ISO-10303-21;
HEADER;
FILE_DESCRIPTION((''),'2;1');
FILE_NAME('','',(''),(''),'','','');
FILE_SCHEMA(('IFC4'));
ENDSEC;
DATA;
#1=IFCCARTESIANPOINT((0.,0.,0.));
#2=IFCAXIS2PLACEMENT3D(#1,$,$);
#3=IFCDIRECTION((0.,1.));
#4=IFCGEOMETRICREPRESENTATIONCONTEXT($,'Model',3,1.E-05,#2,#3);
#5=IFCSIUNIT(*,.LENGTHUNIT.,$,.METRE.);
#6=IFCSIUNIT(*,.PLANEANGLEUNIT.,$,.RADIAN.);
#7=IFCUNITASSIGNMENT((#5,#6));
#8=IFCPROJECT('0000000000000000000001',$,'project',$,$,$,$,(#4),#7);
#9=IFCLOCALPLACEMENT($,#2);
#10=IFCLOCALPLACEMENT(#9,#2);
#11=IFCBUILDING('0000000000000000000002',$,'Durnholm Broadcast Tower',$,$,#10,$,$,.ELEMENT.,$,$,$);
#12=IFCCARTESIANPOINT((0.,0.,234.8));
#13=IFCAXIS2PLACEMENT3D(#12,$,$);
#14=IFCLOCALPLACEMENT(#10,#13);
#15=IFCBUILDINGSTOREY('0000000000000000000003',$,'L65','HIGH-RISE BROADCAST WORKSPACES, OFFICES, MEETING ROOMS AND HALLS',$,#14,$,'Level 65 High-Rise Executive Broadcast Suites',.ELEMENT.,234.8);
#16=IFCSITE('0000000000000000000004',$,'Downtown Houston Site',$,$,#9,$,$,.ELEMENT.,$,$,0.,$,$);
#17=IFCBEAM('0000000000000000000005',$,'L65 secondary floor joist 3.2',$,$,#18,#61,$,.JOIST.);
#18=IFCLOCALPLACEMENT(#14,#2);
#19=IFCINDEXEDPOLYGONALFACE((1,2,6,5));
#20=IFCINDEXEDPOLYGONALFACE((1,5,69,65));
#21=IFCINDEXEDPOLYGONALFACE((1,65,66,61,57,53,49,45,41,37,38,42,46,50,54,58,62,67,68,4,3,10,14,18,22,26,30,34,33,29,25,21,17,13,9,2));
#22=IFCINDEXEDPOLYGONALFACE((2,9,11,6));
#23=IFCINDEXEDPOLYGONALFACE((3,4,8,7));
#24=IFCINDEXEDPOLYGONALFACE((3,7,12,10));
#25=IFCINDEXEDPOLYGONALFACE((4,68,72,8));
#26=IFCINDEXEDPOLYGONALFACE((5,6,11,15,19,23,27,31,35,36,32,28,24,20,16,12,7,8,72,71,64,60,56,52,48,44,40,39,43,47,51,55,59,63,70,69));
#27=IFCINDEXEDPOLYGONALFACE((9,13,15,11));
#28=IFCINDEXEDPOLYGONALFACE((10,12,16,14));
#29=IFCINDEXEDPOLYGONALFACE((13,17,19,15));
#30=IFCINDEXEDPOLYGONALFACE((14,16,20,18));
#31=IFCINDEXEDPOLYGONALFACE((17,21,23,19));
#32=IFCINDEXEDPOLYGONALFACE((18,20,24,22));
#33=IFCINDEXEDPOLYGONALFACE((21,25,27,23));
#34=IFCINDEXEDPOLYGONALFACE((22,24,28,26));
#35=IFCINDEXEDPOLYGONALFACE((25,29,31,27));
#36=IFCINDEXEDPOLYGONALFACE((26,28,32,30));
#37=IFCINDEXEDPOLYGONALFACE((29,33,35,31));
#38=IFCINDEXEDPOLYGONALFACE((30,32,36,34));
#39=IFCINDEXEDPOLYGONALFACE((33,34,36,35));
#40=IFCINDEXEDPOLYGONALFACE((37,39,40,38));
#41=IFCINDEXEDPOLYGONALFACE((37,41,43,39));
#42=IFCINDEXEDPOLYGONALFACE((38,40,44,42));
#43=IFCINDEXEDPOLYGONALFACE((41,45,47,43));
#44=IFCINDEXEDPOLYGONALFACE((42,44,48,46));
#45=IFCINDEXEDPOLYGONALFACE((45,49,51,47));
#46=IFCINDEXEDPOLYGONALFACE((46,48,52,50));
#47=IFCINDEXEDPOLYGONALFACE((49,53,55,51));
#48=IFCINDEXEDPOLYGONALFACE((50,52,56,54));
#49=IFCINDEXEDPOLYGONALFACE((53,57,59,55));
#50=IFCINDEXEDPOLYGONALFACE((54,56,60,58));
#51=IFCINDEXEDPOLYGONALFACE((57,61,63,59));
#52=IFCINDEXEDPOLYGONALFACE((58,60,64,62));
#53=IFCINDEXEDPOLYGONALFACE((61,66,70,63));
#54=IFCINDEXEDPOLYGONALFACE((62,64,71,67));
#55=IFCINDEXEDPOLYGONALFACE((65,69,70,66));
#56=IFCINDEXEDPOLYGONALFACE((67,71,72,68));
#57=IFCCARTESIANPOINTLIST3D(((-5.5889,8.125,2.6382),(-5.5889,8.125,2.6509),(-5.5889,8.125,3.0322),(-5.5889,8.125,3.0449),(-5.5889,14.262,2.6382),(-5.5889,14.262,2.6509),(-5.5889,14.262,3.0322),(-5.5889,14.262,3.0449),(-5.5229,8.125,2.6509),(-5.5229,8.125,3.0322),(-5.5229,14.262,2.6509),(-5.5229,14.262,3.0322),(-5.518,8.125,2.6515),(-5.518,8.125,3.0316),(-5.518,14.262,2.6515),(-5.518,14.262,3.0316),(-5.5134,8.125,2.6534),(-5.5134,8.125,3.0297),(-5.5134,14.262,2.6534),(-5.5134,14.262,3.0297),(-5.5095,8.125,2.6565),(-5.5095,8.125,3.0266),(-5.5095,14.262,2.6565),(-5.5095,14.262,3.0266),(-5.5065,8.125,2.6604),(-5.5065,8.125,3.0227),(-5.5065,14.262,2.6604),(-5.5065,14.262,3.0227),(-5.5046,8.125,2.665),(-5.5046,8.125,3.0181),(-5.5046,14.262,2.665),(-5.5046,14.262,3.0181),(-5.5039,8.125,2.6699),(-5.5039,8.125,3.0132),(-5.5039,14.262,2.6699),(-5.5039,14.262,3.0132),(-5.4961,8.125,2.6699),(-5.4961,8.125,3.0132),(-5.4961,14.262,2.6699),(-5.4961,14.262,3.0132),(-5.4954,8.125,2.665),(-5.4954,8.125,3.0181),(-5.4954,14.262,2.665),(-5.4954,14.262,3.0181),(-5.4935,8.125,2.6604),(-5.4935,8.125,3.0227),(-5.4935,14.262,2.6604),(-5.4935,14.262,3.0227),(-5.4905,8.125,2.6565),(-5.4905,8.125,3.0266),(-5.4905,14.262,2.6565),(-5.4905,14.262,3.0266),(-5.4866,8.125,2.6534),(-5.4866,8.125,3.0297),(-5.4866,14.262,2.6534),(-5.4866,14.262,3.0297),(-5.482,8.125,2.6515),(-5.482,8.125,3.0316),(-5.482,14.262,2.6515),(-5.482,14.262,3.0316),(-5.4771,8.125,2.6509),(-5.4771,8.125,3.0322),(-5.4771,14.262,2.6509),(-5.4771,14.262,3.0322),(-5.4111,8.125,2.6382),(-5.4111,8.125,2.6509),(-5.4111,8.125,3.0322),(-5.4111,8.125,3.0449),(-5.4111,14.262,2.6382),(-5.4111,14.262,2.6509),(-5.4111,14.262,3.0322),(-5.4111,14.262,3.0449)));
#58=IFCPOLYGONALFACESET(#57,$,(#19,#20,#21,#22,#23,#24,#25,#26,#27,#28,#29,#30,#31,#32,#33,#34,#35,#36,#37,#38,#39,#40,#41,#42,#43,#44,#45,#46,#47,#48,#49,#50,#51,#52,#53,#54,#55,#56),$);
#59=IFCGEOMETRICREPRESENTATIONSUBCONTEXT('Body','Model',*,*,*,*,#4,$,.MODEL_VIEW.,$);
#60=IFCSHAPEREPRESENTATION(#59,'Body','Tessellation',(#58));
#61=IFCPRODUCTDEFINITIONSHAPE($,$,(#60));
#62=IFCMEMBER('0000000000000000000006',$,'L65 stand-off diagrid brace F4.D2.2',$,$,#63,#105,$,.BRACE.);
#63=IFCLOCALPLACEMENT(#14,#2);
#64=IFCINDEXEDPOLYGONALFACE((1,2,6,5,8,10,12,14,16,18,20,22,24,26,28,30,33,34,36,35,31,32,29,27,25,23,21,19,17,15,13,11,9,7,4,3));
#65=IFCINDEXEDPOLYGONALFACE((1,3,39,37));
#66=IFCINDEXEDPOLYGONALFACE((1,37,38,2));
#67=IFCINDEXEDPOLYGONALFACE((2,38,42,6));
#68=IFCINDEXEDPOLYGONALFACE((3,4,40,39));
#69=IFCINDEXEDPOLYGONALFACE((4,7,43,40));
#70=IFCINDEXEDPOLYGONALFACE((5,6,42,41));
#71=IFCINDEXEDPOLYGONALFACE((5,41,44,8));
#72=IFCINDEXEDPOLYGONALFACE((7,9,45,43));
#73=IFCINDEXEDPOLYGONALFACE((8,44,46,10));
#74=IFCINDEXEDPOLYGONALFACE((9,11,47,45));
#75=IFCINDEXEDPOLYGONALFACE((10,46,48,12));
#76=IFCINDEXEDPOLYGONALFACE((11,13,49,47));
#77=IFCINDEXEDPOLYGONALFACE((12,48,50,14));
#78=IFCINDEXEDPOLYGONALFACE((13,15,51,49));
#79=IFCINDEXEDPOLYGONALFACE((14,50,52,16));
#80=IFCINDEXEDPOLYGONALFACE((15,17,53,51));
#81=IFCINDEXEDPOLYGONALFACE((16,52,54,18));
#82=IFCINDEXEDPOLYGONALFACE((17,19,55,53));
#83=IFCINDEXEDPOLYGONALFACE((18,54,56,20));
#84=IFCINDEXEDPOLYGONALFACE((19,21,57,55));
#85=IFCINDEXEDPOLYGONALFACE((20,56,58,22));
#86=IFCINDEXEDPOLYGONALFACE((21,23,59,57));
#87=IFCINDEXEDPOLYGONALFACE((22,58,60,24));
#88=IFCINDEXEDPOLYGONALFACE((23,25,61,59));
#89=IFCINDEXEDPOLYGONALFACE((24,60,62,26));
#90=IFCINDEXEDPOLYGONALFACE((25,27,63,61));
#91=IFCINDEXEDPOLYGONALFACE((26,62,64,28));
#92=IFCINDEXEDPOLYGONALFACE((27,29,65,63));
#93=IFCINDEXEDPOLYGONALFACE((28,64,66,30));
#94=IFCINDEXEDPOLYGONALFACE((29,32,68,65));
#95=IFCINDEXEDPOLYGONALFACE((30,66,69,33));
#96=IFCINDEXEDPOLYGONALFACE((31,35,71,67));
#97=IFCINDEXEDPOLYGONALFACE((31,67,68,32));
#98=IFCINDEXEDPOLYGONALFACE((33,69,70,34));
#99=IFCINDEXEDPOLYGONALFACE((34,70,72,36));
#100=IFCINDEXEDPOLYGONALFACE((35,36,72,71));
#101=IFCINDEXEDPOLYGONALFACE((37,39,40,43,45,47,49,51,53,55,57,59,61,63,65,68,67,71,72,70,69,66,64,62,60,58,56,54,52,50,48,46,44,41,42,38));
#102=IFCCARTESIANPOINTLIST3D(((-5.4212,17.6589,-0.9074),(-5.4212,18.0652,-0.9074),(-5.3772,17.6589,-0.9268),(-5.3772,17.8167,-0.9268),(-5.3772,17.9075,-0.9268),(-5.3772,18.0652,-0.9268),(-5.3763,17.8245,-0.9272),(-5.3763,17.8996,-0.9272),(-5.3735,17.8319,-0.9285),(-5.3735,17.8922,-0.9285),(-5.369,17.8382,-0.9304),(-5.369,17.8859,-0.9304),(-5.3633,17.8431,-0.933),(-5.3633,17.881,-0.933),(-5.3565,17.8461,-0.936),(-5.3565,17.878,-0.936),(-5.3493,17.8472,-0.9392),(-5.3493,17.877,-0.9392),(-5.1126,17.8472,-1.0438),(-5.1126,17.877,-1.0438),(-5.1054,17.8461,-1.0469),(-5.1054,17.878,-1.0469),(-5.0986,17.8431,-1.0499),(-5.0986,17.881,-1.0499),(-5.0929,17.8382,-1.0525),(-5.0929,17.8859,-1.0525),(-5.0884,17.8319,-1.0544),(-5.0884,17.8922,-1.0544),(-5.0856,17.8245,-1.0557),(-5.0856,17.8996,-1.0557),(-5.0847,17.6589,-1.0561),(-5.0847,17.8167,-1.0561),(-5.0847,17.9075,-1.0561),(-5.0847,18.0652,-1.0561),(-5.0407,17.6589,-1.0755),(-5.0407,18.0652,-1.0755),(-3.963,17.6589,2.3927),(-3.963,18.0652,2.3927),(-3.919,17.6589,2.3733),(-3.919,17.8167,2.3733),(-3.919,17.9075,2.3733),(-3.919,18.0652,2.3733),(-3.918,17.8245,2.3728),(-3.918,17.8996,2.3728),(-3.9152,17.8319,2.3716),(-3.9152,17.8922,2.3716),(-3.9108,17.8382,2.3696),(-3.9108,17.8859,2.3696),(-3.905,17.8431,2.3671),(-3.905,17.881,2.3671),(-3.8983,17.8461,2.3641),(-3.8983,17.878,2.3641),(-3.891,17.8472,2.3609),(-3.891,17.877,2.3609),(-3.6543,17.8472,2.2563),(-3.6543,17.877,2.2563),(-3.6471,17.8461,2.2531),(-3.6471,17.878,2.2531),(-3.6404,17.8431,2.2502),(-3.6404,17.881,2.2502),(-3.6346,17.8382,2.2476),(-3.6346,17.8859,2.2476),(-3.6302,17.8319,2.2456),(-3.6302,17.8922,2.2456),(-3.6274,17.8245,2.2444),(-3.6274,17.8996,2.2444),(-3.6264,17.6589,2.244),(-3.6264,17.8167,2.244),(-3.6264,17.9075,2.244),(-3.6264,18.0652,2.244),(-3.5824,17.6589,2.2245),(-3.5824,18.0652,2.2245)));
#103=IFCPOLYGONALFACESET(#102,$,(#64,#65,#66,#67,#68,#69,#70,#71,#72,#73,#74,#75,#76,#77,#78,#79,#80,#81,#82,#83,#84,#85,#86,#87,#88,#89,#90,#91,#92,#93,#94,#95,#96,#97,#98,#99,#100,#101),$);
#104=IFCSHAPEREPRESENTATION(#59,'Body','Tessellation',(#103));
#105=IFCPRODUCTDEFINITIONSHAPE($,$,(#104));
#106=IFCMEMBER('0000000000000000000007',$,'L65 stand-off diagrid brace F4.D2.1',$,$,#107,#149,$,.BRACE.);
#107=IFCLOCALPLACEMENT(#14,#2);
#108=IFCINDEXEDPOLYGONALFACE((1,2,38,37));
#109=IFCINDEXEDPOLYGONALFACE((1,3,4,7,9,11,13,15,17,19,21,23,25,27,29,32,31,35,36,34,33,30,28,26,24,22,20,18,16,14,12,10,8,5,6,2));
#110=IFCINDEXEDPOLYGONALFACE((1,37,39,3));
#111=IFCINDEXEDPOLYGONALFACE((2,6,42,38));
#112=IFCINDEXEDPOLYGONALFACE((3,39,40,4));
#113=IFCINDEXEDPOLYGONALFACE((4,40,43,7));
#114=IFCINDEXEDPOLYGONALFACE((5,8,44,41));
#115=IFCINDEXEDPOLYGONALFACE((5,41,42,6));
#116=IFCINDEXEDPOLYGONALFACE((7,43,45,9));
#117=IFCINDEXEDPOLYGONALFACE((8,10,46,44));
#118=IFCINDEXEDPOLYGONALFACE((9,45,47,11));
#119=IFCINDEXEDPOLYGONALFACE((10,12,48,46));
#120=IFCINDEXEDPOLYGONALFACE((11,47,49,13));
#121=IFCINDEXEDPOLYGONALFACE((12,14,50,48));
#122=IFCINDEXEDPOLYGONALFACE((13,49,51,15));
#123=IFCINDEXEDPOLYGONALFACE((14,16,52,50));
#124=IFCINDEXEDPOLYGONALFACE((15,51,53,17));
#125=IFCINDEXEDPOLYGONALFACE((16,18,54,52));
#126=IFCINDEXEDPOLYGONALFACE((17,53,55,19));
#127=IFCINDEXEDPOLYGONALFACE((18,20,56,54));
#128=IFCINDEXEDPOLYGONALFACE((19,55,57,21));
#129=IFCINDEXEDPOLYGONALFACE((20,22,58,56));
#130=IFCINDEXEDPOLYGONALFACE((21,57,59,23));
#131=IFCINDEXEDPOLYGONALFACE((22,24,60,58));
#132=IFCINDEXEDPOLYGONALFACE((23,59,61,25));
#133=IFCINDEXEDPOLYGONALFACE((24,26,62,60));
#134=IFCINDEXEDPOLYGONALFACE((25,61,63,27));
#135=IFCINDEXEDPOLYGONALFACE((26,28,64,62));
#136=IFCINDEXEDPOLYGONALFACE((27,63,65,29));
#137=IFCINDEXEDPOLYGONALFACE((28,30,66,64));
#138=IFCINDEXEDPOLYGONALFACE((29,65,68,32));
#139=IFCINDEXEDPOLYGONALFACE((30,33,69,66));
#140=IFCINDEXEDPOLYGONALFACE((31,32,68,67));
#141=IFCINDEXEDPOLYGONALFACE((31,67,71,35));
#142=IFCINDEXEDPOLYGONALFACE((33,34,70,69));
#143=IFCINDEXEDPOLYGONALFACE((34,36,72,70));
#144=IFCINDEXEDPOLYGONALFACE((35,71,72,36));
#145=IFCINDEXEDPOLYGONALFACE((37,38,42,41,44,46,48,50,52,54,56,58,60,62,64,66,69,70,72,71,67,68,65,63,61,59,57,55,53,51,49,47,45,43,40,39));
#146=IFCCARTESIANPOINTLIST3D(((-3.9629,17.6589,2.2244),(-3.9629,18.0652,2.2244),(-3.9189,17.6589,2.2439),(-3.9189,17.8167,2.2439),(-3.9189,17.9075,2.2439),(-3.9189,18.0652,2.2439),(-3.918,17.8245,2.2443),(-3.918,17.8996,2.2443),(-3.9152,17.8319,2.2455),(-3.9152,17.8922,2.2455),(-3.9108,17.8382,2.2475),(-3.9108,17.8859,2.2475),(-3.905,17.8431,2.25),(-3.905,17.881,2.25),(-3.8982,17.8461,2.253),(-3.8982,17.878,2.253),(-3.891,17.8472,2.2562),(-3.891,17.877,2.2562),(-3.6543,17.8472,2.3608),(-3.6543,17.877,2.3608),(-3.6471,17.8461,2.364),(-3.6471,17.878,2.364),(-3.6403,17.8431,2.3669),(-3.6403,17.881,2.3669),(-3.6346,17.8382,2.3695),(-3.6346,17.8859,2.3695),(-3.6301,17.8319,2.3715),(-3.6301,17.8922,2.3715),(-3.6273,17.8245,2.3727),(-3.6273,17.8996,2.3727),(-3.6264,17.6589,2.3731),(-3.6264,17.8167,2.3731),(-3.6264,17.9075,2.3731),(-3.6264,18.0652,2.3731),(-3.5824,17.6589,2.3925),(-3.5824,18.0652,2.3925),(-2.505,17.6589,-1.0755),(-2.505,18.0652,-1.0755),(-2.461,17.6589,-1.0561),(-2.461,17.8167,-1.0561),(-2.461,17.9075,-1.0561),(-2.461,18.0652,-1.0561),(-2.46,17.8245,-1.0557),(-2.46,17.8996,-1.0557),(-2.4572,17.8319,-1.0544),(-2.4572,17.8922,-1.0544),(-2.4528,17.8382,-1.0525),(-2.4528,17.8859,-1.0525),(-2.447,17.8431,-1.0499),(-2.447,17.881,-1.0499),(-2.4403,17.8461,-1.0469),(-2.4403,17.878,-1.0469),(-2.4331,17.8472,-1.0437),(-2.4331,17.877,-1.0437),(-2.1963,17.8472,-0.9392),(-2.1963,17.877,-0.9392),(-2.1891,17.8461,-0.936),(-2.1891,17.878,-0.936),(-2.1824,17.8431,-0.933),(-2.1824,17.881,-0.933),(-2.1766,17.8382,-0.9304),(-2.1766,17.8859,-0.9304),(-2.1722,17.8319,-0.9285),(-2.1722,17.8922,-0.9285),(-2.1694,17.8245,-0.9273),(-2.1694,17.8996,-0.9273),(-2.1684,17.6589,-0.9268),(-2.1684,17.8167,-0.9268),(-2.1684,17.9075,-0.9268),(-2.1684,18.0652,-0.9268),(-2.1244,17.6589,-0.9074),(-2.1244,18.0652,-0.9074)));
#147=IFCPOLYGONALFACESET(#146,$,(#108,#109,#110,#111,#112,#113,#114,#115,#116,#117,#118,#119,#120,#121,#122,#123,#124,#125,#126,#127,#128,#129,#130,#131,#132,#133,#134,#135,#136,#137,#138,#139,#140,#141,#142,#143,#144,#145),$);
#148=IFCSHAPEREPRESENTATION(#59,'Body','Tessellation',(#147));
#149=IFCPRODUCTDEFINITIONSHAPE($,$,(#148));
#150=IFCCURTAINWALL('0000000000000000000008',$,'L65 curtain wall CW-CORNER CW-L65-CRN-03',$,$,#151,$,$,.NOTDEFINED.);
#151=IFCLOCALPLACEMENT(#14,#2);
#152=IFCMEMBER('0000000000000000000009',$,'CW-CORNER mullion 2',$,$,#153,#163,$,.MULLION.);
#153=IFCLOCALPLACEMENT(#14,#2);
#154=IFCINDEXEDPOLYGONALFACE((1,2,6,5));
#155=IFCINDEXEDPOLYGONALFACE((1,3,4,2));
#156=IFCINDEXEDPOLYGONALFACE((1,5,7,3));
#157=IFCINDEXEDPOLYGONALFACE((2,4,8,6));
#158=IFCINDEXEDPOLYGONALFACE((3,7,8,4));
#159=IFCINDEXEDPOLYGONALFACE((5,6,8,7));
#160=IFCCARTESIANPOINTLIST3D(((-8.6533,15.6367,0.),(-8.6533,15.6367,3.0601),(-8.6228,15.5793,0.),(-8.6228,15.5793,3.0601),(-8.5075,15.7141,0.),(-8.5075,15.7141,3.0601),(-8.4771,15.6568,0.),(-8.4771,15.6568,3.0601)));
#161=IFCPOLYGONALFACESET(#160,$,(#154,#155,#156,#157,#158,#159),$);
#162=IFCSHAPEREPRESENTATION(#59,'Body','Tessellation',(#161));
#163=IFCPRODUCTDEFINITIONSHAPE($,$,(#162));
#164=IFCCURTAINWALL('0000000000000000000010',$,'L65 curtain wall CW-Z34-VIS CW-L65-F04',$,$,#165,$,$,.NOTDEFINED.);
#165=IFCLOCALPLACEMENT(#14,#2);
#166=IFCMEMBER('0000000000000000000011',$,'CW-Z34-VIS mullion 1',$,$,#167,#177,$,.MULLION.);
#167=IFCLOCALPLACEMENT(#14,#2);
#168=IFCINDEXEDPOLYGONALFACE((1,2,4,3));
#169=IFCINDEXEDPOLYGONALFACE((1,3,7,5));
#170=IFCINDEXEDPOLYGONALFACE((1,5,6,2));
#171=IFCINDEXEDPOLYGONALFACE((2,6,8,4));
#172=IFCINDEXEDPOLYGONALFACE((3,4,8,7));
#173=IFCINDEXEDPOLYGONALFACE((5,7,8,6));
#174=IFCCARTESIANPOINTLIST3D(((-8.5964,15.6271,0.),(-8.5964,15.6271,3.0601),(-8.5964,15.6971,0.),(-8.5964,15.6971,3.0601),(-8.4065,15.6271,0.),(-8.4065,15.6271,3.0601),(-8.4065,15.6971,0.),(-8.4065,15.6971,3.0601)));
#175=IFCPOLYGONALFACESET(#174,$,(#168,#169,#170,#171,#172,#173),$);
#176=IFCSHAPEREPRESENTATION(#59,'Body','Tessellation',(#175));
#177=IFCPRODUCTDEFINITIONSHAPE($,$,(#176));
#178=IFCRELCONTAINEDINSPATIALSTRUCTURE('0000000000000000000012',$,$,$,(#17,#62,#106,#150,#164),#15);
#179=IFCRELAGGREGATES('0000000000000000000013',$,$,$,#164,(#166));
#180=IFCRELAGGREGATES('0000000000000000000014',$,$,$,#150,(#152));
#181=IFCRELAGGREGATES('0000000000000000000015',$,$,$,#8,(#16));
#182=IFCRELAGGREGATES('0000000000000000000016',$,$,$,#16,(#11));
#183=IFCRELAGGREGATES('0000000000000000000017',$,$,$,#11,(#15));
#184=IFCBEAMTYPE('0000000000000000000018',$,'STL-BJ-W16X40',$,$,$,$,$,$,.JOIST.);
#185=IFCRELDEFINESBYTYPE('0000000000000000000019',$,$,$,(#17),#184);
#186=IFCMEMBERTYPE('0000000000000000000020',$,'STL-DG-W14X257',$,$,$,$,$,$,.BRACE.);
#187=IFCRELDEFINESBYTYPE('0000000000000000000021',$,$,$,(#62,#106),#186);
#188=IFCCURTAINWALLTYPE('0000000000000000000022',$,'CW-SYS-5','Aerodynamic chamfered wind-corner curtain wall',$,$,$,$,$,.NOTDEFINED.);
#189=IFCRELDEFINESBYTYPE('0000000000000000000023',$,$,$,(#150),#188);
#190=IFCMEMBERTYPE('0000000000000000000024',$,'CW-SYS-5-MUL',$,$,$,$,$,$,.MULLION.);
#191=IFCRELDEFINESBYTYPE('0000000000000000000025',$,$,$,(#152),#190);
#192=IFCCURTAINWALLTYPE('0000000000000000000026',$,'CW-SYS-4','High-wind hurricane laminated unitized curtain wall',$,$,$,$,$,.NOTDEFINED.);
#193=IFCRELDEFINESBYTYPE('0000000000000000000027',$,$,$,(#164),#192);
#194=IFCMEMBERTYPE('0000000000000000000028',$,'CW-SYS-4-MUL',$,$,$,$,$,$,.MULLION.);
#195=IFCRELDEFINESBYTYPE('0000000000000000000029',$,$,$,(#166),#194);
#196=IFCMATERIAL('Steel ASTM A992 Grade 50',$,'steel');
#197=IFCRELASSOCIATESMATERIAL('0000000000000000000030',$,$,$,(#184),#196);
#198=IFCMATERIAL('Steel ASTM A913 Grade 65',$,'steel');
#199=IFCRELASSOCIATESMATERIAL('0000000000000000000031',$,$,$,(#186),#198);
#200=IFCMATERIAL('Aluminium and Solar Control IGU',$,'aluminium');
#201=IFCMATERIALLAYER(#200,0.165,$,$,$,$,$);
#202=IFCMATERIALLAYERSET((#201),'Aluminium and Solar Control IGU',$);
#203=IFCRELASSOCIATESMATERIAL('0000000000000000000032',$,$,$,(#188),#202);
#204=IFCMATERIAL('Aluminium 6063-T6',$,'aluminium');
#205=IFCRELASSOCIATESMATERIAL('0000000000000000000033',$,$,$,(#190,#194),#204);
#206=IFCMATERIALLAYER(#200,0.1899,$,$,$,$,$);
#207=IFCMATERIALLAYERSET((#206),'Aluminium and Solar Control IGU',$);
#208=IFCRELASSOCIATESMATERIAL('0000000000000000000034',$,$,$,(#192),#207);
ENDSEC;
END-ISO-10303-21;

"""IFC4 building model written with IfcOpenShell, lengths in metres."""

from ifc_helpers import new_model, si_unit, direction, frame, origin, origin_2d, place, context, subcontext, project, spatial, rectangle, i_section, extrude, source, transform, mapped, material, layer, layer_set, material_profile, profile_set, type_object, type_shapes, element, aggregate, save


model = new_model("IFC4")

# Units and contexts
model_context = context("Model", 3, precision=1e-05, world=origin(), true_north=direction((0.0, 1.0)))
body_context = subcontext(model_context, "Body", "Model", "MODEL_VIEW")
ifc_project = project(units=[si_unit("LENGTHUNIT", "METRE"), si_unit("PLANEANGLEUNIT", "RADIAN")], contexts=[model_context])

# Site, building, storey
site_placement = place(None, origin())
site = spatial("IfcSite", under=ifc_project, at=site_placement, Name="Downtown Houston Site", CompositionType="ELEMENT", RefElevation=0.0)
building_placement = place(site_placement, origin())
building = spatial("IfcBuilding", under=site, at=building_placement, Name="Durnholm Broadcast Tower", CompositionType="ELEMENT")
storey_placement = place(building_placement, frame((0.0, 0.0, 234.8)))
storey = spatial("IfcBuildingStorey", under=building, at=storey_placement, Name="L65", Description="HIGH-RISE BROADCAST WORKSPACES, OFFICES, MEETING ROOMS AND HALLS", LongName="Level 65 High-Rise Executive Broadcast Suites", CompositionType="ELEMENT", Elevation=234.8)

# Beam
ifc_material_1 = material(Name="Steel ASTM A992 Grade 50", Category="steel")
ifc_material_profile_1 = material_profile(ifc_material_1, i_section(OverallWidth=0.1777, OverallDepth=0.4067, WebThickness=0.0078, FlangeThickness=0.0127, FilletRadius=0.019, at=origin_2d()), Name="W16X40")
ifc_profile_set_1 = profile_set([ifc_material_profile_1], Name="Steel ASTM A992 Grade 50")
beam_type_1 = type_object("IfcBeamType", Name="STL-BJ-W16X40", PredefinedType="JOIST", material=ifc_profile_set_1)
shared_shape_1 = source(origin(), body_context, "Body", "SweptSolid", [
    extrude(i_section(OverallWidth=0.1777, OverallDepth=0.4067, WebThickness=0.0078, FlangeThickness=0.0127, FilletRadius=0.019, at=origin_2d()), origin(), (0.0, 0.0, 1.0), 6.137),
])
type_shapes(beam_type_1, [shared_shape_1])
beam_1_placement = place(storey_placement, frame((-5.5, 8.125, 2.8416), z_axis=(0.0, 1.0, 0.0), x_axis=(-1.0, 0.0, 0.0)))
element("IfcBeam", 1, at=beam_1_placement, inside=storey, type_object=beam_type_1, Name="L65 secondary floor joist 3.2", PredefinedType="JOIST", context=body_context, shape_type="MappedRepresentation", body=[
    mapped(shared_shape_1, transform((0.0, 0.0, 0.0), x_axis=(1.0, 0.0, 0.0), y_axis=(0.0, 1.0, 0.0), z_axis=(0.0, 0.0, 1.0), scale=1.0)),
])

# Members
ifc_material_2 = material(Name="Steel ASTM A913 Grade 65", Category="steel")
ifc_material_profile_2 = material_profile(ifc_material_2, i_section(OverallWidth=0.4062, OverallDepth=0.416, WebThickness=0.0298, FlangeThickness=0.0481, FilletRadius=0.0305, at=origin_2d()), Name="W14X257")
ifc_profile_set_2 = profile_set([ifc_material_profile_2], Name="Steel ASTM A913 Grade 65")
member_type_1 = type_object("IfcMemberType", Name="STL-DG-W14X257", PredefinedType="BRACE", material=ifc_profile_set_2)
shared_shape_2 = source(origin(), body_context, "Body", "SweptSolid", [
    extrude(i_section(OverallWidth=0.4062, OverallDepth=0.416, WebThickness=0.0298, FlangeThickness=0.0481, FilletRadius=0.0305, at=origin_2d()), origin(), (0.0, 0.0, 1.0), 3.6079),
])
member_1_placement = place(storey_placement, frame((-5.231, 17.8621, -0.9915), z_axis=(0.404185, 0.0, 0.914677), x_axis=(0.0, 1.0, 0.0)))
element("IfcMember", 2, at=member_1_placement, inside=storey, type_object=member_type_1, Name="L65 stand-off diagrid brace F4.D2.2", PredefinedType="BRACE", context=body_context, shape_type="MappedRepresentation", body=[
    mapped(shared_shape_2, transform((0.0, 0.0, 0.0), x_axis=(1.0, 0.0, 0.0), y_axis=(0.0, 1.0, 0.0), z_axis=(0.0, 0.0, 1.0), scale=1.0)),
])
shared_shape_3 = source(origin(), body_context, "Body", "SweptSolid", [
    extrude(i_section(OverallWidth=0.4062, OverallDepth=0.416, WebThickness=0.0298, FlangeThickness=0.0481, FilletRadius=0.0305, at=origin_2d()), origin(), (0.0, 0.0, 1.0), 3.6077),
])
type_shapes(member_type_1, [shared_shape_2, shared_shape_3])
member_2_placement = place(storey_placement, frame((-2.3147, 17.8621, -0.9915), z_axis=(-0.404128, 0.0, 0.914702), x_axis=(0.0, -1.0, 0.0)))
element("IfcMember", 3, at=member_2_placement, inside=storey, type_object=member_type_1, Name="L65 stand-off diagrid brace F4.D2.1", PredefinedType="BRACE", context=body_context, shape_type="MappedRepresentation", body=[
    mapped(shared_shape_3, transform((0.0, 0.0, 0.0), x_axis=(1.0, 0.0, 0.0), y_axis=(0.0, 1.0, 0.0), z_axis=(0.0, 0.0, 1.0), scale=1.0)),
])

# Curtain wall, member
ifc_material_3 = material(Name="Aluminium and Solar Control IGU", Category="aluminium")
ifc_layer_1 = layer(ifc_material_3, 0.165)
ifc_layer_set_1 = layer_set([ifc_layer_1], Name="Aluminium and Solar Control IGU")
curtain_wall_type_1 = type_object("IfcCurtainWallType", Name="CW-SYS-5", Description="Aerodynamic chamfered wind-corner curtain wall", PredefinedType="NOTDEFINED", material=ifc_layer_set_1)
curtain_wall_1_placement = place(storey_placement, origin())
curtain_wall_1 = element("IfcCurtainWall", 4, at=curtain_wall_1_placement, inside=storey, type_object=curtain_wall_type_1, Name="L65 curtain wall CW-CORNER CW-L65-CRN-03", PredefinedType="NOTDEFINED")
ifc_material_4 = material(Name="Aluminium 6063-T6", Category="aluminium")
ifc_material_profile_3 = material_profile(ifc_material_4, rectangle(XDim=0.0649, YDim=0.165, at=origin_2d()), Name="CWM65X165")
ifc_profile_set_3 = profile_set([ifc_material_profile_3], Name="Aluminium 6063-T6")
member_type_2 = type_object("IfcMemberType", Name="CW-SYS-5-MUL", PredefinedType="MULLION", material=ifc_profile_set_3)
shared_shape_4 = source(origin(), body_context, "Body", "SweptSolid", [
    extrude(rectangle(XDim=0.0649, YDim=0.165, at=origin_2d()), origin(), (0.0, 0.0, 1.0), 3.0601),
])
type_shapes(member_type_2, [shared_shape_4])
member_3_placement = place(storey_placement, frame((-8.5652, 15.6467, 0.0), z_axis=(0.0, 0.0, 1.0), x_axis=(-0.469007, 0.883195, 0.0)))
member_3 = element("IfcMember", 5, at=member_3_placement, type_object=member_type_2, Name="CW-CORNER mullion 2", PredefinedType="MULLION", context=body_context, shape_type="MappedRepresentation", body=[
    mapped(shared_shape_4, transform((0.0, 0.0, 0.0), x_axis=(1.0, 0.0, 0.0), y_axis=(0.0, 1.0, 0.0), z_axis=(0.0, 0.0, 1.0), scale=1.0)),
])

# Curtain wall, member
ifc_layer_2 = layer(ifc_material_3, 0.1899)
ifc_layer_set_2 = layer_set([ifc_layer_2], Name="Aluminium and Solar Control IGU")
curtain_wall_type_2 = type_object("IfcCurtainWallType", Name="CW-SYS-4", Description="High-wind hurricane laminated unitized curtain wall", PredefinedType="NOTDEFINED", material=ifc_layer_set_2)
curtain_wall_2_placement = place(storey_placement, origin())
curtain_wall_2 = element("IfcCurtainWall", 6, at=curtain_wall_2_placement, inside=storey, type_object=curtain_wall_type_2, Name="L65 curtain wall CW-Z34-VIS CW-L65-F04", PredefinedType="NOTDEFINED")
ifc_material_profile_4 = material_profile(ifc_material_4, rectangle(XDim=0.0701, YDim=0.1899, at=origin_2d()), Name="CWM70X190")
ifc_profile_set_4 = profile_set([ifc_material_profile_4], Name="Aluminium 6063-T6")
member_type_3 = type_object("IfcMemberType", Name="CW-SYS-4-MUL", PredefinedType="MULLION", material=ifc_profile_set_4)
shared_shape_5 = source(origin(), body_context, "Body", "SweptSolid", [
    extrude(rectangle(XDim=0.0701, YDim=0.1899, at=origin_2d()), origin(), (0.0, 0.0, 1.0), 3.0601),
])
type_shapes(member_type_3, [shared_shape_5])
member_4_placement = place(storey_placement, frame((-8.5015, 15.6621, 0.0), z_axis=(0.0, 0.0, 1.0), x_axis=(0.0, 1.0, 0.0)))
member_4 = element("IfcMember", 7, at=member_4_placement, type_object=member_type_3, Name="CW-Z34-VIS mullion 1", PredefinedType="MULLION", context=body_context, shape_type="MappedRepresentation", body=[
    mapped(shared_shape_5, transform((0.0, 0.0, 0.0), x_axis=(1.0, 0.0, 0.0), y_axis=(0.0, 1.0, 0.0), z_axis=(0.0, 0.0, 1.0), scale=1.0)),
])
aggregate(curtain_wall_2, [member_4])

aggregate(curtain_wall_1, [member_3])

save(model, "model.ifc")
